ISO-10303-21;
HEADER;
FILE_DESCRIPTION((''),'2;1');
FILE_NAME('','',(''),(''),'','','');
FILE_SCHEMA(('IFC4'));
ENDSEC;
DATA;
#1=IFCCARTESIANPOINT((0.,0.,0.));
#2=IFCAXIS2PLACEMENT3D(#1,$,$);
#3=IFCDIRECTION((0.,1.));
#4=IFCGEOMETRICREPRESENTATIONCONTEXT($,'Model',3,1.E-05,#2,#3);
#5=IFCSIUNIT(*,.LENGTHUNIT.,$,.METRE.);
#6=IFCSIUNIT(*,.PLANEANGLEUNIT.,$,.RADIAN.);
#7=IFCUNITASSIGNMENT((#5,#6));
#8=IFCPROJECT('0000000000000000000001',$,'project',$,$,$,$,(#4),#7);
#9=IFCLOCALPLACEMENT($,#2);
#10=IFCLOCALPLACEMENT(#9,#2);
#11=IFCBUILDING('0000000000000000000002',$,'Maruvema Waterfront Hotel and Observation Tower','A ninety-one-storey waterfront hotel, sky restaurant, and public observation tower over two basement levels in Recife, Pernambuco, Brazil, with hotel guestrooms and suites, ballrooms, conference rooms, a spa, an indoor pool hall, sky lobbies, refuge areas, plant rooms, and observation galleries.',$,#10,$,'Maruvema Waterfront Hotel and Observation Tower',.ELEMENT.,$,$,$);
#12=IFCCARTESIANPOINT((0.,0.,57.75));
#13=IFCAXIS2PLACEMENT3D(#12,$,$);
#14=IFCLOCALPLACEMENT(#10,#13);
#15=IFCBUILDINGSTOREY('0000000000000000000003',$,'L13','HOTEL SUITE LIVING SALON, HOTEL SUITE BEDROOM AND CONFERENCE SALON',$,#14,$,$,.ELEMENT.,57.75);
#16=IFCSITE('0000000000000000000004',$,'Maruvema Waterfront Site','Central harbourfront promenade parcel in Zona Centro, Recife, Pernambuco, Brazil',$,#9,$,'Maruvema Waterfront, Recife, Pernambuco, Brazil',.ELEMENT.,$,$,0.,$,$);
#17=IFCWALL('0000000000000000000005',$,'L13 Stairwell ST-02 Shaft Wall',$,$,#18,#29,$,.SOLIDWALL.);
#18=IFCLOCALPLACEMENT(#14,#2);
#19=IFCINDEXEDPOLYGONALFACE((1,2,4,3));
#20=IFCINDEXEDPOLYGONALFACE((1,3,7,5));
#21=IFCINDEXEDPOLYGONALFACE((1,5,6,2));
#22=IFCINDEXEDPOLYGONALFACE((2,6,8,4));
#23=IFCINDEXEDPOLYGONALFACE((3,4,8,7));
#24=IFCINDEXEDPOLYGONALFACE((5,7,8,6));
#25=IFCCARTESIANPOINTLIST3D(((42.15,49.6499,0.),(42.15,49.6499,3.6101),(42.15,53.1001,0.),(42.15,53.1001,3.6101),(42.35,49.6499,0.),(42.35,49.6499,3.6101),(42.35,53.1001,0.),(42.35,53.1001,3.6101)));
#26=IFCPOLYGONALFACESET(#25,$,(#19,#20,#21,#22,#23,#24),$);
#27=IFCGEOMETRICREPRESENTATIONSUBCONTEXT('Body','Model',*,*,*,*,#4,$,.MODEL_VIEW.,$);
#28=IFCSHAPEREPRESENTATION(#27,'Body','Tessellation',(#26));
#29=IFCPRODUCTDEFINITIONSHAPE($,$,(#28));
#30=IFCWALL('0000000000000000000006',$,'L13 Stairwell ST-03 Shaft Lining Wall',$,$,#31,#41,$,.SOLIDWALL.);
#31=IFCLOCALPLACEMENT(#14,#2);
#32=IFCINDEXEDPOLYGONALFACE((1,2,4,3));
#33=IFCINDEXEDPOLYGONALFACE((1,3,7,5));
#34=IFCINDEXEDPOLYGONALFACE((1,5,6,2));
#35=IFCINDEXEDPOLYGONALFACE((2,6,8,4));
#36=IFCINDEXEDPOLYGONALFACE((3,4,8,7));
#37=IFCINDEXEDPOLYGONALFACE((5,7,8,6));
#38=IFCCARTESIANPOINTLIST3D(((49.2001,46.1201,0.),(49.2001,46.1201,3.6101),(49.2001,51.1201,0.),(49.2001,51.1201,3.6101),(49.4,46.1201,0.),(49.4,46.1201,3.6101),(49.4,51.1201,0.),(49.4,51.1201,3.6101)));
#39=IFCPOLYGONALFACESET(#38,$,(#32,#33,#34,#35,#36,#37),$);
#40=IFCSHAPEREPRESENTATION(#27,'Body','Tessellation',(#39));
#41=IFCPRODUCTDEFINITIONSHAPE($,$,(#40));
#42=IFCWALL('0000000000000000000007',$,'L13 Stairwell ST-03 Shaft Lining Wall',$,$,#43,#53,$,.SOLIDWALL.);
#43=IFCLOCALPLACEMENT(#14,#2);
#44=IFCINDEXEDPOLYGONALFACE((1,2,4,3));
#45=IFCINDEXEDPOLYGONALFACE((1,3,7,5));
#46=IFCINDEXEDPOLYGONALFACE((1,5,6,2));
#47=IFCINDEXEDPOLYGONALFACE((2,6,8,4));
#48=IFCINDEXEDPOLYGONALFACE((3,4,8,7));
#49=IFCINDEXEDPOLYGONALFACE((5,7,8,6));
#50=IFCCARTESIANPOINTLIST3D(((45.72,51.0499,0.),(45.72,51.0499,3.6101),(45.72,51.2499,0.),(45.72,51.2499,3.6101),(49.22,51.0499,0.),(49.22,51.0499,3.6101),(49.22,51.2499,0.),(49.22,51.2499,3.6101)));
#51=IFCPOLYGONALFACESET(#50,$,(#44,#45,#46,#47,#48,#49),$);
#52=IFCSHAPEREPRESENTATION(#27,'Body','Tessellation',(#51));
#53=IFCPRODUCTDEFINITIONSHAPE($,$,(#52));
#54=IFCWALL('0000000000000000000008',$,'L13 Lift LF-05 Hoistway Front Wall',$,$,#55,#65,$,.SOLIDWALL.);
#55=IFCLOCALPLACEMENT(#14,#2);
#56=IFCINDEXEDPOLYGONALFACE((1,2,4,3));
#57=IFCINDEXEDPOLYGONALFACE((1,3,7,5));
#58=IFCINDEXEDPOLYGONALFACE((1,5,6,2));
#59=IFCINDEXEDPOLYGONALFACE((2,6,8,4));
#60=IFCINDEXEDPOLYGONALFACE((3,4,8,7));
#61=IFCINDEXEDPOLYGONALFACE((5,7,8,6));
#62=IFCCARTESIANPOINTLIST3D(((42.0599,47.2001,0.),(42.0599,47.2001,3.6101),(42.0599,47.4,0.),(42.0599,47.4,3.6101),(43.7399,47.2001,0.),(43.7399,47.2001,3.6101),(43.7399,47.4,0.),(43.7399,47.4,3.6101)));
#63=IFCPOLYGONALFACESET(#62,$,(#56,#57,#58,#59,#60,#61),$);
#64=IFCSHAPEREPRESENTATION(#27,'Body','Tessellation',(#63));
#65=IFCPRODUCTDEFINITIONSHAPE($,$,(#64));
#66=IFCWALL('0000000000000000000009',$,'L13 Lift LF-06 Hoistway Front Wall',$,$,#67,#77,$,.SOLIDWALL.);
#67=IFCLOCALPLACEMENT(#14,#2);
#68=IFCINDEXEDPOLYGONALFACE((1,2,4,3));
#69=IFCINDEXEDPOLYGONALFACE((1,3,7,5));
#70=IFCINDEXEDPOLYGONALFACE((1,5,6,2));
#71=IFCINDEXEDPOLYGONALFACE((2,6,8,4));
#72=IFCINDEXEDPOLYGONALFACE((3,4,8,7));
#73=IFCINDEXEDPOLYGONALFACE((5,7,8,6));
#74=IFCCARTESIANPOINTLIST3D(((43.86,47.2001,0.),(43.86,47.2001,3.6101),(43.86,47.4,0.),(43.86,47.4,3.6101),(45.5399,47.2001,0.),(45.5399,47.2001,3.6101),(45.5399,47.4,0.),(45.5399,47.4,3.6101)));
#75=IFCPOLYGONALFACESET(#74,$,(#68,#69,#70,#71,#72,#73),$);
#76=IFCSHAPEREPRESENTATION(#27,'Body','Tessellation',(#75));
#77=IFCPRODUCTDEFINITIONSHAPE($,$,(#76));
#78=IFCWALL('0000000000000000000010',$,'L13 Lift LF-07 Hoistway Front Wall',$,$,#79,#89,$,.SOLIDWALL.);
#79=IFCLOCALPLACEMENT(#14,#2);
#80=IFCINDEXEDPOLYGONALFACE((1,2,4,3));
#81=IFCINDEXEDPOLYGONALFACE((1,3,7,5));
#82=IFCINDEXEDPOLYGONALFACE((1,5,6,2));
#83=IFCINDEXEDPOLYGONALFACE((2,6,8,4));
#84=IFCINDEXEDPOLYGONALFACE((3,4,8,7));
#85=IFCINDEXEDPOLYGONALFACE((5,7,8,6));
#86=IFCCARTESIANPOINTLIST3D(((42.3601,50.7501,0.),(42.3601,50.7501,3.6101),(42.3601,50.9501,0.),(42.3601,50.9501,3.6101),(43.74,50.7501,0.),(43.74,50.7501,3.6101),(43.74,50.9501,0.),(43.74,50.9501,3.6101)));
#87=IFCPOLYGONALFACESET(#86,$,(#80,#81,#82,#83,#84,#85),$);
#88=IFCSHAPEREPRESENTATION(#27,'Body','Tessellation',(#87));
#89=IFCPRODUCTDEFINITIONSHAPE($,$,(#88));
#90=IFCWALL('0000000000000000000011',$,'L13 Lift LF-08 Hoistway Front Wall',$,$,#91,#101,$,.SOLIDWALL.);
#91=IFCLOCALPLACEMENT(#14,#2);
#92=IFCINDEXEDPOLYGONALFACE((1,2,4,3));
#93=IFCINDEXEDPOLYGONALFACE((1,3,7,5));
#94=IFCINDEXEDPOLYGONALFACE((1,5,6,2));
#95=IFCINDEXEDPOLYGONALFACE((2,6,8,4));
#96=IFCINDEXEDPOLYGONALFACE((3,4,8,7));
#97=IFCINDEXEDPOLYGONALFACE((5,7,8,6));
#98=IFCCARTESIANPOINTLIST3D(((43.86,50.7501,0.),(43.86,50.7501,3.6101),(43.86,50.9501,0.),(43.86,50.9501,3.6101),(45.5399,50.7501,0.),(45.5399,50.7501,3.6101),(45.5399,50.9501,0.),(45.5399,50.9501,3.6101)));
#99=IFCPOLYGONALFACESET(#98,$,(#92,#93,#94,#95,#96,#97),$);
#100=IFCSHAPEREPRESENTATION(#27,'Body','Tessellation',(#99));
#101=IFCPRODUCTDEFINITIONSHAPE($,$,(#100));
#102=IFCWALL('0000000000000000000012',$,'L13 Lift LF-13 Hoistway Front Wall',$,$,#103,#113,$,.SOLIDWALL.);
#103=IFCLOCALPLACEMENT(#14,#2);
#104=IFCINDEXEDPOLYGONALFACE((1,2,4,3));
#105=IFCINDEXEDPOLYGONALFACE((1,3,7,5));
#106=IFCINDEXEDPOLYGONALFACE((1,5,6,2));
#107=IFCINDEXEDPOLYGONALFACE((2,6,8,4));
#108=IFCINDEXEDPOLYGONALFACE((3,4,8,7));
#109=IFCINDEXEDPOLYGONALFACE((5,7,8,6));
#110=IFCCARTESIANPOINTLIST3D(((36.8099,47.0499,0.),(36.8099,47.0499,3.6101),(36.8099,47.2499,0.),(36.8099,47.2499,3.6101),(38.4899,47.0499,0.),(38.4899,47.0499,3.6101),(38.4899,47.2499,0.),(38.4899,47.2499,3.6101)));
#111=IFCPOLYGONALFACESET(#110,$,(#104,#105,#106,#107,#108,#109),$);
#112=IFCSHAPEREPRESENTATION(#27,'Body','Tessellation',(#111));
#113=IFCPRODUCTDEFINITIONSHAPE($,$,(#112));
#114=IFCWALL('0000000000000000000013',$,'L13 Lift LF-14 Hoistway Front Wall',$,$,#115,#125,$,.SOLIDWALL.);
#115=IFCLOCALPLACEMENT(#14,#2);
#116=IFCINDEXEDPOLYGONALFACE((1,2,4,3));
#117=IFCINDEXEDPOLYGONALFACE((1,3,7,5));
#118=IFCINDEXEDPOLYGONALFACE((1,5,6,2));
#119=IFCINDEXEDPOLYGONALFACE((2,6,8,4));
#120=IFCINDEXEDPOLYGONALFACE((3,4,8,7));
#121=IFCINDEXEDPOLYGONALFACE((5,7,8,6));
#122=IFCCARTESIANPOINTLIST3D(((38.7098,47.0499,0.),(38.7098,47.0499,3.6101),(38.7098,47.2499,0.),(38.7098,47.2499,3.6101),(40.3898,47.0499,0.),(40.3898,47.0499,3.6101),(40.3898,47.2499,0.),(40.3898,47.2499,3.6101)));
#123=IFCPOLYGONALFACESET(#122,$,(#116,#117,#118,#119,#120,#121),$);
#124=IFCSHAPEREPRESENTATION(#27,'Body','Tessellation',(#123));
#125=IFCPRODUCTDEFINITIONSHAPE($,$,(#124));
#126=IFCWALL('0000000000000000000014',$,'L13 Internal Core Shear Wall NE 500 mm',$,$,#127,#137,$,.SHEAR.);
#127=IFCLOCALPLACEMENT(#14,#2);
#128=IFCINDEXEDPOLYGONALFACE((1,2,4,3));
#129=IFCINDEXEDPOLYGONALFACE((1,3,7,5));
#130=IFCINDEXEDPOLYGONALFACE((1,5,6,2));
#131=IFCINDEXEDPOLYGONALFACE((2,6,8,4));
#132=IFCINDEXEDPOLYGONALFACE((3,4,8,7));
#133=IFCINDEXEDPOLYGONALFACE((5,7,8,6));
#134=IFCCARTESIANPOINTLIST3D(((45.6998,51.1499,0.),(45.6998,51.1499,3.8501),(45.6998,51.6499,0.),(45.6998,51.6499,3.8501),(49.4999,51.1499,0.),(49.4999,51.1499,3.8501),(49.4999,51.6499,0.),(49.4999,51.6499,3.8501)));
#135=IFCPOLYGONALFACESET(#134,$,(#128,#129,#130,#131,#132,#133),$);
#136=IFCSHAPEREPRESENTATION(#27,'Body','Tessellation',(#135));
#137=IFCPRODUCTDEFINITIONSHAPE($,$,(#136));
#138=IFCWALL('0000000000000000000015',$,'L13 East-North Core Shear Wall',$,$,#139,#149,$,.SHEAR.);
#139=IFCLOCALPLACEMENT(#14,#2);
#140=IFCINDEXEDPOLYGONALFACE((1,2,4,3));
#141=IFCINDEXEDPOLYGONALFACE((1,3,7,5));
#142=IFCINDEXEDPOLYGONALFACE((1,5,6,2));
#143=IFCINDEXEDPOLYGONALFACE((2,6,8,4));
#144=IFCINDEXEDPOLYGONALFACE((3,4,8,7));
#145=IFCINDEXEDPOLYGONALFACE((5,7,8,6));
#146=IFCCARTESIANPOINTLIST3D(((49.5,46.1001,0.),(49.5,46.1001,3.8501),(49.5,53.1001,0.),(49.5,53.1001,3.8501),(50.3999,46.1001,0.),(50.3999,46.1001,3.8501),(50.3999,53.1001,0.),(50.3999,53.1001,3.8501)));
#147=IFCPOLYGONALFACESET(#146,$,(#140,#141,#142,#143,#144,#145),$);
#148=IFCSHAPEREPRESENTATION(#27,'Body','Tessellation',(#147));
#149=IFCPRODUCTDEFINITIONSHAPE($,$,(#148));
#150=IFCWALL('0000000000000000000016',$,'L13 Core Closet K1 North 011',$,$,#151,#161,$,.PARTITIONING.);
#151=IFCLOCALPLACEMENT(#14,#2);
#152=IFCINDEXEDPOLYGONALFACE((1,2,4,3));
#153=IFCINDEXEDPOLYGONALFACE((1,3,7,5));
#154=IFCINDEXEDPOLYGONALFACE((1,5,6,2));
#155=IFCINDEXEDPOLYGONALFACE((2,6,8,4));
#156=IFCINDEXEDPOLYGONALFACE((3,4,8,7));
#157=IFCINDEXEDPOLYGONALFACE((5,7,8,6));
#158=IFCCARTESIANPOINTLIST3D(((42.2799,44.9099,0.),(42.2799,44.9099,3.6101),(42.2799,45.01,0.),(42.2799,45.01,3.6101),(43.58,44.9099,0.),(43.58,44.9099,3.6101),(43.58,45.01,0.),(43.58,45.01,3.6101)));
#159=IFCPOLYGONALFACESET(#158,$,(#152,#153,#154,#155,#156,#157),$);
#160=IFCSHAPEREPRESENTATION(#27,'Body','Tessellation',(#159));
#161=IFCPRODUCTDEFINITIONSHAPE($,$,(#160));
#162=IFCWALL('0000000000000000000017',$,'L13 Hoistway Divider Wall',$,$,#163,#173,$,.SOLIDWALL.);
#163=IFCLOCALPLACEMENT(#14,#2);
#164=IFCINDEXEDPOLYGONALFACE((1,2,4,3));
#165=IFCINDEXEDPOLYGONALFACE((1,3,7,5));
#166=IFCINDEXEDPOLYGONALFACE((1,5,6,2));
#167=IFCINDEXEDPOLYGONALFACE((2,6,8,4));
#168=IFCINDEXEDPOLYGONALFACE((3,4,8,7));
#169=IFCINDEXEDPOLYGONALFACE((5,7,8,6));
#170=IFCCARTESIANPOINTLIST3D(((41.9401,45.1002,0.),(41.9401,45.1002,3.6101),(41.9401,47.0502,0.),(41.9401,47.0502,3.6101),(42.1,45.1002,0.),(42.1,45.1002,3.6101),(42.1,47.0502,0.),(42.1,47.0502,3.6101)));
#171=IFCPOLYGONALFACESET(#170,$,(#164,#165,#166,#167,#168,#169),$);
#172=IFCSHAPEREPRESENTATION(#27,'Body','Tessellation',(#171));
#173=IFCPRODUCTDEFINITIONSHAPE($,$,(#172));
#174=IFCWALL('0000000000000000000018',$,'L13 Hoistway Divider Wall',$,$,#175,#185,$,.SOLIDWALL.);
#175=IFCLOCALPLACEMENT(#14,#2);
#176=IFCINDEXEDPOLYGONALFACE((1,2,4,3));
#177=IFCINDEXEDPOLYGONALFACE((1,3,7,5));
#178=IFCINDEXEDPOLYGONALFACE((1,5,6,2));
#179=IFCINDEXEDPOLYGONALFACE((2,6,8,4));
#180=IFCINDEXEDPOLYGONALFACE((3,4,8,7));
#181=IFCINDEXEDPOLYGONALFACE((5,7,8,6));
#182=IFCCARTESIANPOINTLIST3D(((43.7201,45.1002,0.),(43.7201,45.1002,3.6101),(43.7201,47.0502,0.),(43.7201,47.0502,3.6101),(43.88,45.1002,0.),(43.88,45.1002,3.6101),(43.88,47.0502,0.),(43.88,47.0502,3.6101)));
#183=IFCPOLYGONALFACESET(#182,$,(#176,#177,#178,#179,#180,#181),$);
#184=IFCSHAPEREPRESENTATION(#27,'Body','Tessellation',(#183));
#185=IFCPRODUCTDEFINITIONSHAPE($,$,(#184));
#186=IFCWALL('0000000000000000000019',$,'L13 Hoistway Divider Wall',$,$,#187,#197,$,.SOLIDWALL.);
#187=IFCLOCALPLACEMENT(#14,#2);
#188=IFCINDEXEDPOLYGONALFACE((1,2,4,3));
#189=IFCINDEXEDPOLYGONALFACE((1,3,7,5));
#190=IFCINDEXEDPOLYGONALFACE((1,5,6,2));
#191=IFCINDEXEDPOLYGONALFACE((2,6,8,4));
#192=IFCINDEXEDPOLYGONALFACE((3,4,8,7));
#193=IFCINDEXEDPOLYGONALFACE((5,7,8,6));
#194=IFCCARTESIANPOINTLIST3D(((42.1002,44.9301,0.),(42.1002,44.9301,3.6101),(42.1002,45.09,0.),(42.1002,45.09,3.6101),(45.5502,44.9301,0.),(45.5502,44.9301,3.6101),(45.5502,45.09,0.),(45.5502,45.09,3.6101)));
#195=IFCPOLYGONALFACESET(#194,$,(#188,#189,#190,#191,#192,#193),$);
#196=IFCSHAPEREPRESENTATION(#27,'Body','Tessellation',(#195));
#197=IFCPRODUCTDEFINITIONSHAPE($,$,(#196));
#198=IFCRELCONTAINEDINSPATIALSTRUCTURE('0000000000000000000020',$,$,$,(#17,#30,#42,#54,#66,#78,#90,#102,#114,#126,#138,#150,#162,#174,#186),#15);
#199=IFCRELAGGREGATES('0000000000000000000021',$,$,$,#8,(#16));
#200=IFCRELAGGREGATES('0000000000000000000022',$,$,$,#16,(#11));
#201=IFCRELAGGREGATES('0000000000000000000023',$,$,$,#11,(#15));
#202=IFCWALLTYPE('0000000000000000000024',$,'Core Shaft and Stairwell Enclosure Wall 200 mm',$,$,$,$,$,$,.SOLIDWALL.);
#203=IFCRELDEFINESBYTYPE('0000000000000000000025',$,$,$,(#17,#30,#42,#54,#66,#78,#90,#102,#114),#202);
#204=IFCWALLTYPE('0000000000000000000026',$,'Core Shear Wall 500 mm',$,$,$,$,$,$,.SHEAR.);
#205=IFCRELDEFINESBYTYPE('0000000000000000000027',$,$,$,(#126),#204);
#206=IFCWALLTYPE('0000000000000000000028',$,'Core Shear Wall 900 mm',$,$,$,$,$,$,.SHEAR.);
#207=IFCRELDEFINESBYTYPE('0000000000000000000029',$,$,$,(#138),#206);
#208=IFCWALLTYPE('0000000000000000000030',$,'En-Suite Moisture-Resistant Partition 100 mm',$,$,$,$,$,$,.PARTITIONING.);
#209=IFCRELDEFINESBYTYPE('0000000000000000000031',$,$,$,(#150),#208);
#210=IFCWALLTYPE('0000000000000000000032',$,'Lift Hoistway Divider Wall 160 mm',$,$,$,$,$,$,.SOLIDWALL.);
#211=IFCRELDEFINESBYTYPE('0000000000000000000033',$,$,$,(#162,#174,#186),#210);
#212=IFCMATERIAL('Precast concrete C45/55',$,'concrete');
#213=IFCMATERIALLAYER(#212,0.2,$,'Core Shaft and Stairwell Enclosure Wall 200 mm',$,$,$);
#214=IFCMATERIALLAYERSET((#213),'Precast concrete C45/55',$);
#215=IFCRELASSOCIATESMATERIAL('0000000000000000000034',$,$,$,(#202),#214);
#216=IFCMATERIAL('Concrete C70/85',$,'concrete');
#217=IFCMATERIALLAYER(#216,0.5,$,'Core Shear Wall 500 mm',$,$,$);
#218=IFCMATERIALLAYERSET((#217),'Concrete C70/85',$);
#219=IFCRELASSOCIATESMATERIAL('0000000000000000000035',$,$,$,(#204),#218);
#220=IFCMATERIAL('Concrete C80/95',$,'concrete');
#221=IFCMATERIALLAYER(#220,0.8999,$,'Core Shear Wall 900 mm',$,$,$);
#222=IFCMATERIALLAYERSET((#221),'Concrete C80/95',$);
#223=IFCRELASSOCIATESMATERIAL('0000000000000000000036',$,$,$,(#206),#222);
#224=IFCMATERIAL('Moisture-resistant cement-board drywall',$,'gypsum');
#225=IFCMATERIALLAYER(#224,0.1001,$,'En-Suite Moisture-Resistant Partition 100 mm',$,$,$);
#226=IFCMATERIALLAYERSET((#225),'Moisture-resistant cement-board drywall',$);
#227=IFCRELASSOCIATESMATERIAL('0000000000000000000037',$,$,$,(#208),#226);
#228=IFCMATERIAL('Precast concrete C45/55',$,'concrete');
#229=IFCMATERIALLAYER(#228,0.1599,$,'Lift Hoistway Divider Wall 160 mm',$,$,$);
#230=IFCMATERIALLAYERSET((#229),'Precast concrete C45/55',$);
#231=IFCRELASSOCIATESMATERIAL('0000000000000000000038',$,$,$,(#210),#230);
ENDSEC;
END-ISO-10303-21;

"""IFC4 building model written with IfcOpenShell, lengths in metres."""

from ifc_helpers import new_model, si_unit, direction, frame, frame_2d, origin, place, context, subcontext, project, spatial, rectangle, extrude, material, layer, layer_set, type_object, element, save


model = new_model("IFC4")

# Units and contexts
model_context = context("Model", 3, precision=1e-05, world=origin(), true_north=direction((0.0, 1.0)))
body_context = subcontext(model_context, "Body", "Model", "MODEL_VIEW")
ifc_project = project(units=[si_unit("LENGTHUNIT", "METRE"), si_unit("PLANEANGLEUNIT", "RADIAN")], contexts=[model_context])

# Site, building, storey
site_placement = place(None, origin())
site = spatial("IfcSite", under=ifc_project, at=site_placement, Name="Maruvema Waterfront Site", Description="Central harbourfront promenade parcel in Zona Centro, Recife, Pernambuco, Brazil", LongName="Maruvema Waterfront, Recife, Pernambuco, Brazil", CompositionType="ELEMENT", RefElevation=0.0)
building_placement = place(site_placement, origin())
building = spatial("IfcBuilding", under=site, at=building_placement, Name="Maruvema Waterfront Hotel and Observation Tower", Description="A ninety-one-storey waterfront hotel, sky restaurant, and public observation tower over two basement levels in Recife, Pernambuco, Brazil, with hotel guestrooms and suites, ballrooms, conference rooms, a spa, an indoor pool hall, sky lobbies, refuge areas, plant rooms, and observation galleries.", LongName="Maruvema Waterfront Hotel and Observation Tower", CompositionType="ELEMENT")
storey_placement = place(building_placement, frame((0.0, 0.0, 57.75)))
storey = spatial("IfcBuildingStorey", under=building, at=storey_placement, Name="L13", Description="HOTEL SUITE LIVING SALON, HOTEL SUITE BEDROOM AND CONFERENCE SALON", CompositionType="ELEMENT", Elevation=57.75)

# Walls
ifc_material_1 = material(Name="Precast concrete C45/55", Category="concrete")
ifc_layer_1 = layer(ifc_material_1, 0.2, Name="Core Shaft and Stairwell Enclosure Wall 200 mm")
ifc_layer_set_1 = layer_set([ifc_layer_1], Name="Precast concrete C45/55")
wall_type_1 = type_object("IfcWallType", Name="Core Shaft and Stairwell Enclosure Wall 200 mm", PredefinedType="SOLIDWALL", material=ifc_layer_set_1)
wall_1_placement = place(storey_placement, frame((42.25, 49.6499, 0.0), z_axis=(0.0, 0.0, 1.0), x_axis=(0.0, 1.0, 0.0)))
element("IfcWall", 1, at=wall_1_placement, inside=storey, type_object=wall_type_1, Name="L13 Stairwell ST-02 Shaft Wall", PredefinedType="SOLIDWALL", context=body_context, shape_type="SweptSolid", body=[
    extrude(rectangle(XDim=3.4502, YDim=0.2, at=frame_2d((1.7251, 0.0))), origin(), (0.0, 0.0, 1.0), 3.6101),
])
wall_2_placement = place(storey_placement, frame((49.3, 46.1201, 0.0), z_axis=(0.0, 0.0, 1.0), x_axis=(0.0, 1.0, 0.0)))
element("IfcWall", 2, at=wall_2_placement, inside=storey, type_object=wall_type_1, Name="L13 Stairwell ST-03 Shaft Lining Wall", PredefinedType="SOLIDWALL", context=body_context, shape_type="SweptSolid", body=[
    extrude(rectangle(XDim=5.0, YDim=0.2, at=frame_2d((2.5, 0.0))), origin(), (0.0, 0.0, 1.0), 3.6101),
])
wall_3_placement = place(storey_placement, frame((45.72, 51.1499, 0.0), z_axis=(0.0, 0.0, 1.0), x_axis=(1.0, 0.0, 0.0)))
element("IfcWall", 3, at=wall_3_placement, inside=storey, type_object=wall_type_1, Name="L13 Stairwell ST-03 Shaft Lining Wall", PredefinedType="SOLIDWALL", context=body_context, shape_type="SweptSolid", body=[
    extrude(rectangle(XDim=3.5, YDim=0.2, at=frame_2d((1.75, 0.0))), origin(), (0.0, 0.0, 1.0), 3.6101),
])
for number, where, z_axis, x_axis, name in (
    (4, (42.0601, 47.3, 0.0), (0.0, 0.0, 1.0), (1.0, 0.0, 0.0), "L13 Lift LF-05 Hoistway Front Wall"),
    (5, (43.8601, 47.3, 0.0), (0.0, 0.0, 1.0), (1.0, 0.0, 0.0), "L13 Lift LF-06 Hoistway Front Wall"),
):
    element("IfcWall", number, at=place(storey_placement, frame(where, z_axis=z_axis, x_axis=x_axis)), inside=storey, type_object=wall_type_1, Name=name, PredefinedType="SOLIDWALL", context=body_context, shape_type="SweptSolid", body=[
        extrude(rectangle(XDim=1.6799, YDim=0.2, at=frame_2d((0.8398, 0.0))), origin(), (0.0, 0.0, 1.0), 3.6101),
    ])
wall_4_placement = place(storey_placement, frame((42.3601, 50.8501, 0.0), z_axis=(0.0, 0.0, 1.0), x_axis=(1.0, 0.0, 0.0)))
element("IfcWall", 6, at=wall_4_placement, inside=storey, type_object=wall_type_1, Name="L13 Lift LF-07 Hoistway Front Wall", PredefinedType="SOLIDWALL", context=body_context, shape_type="SweptSolid", body=[
    extrude(rectangle(XDim=1.3799, YDim=0.2, at=frame_2d((0.6899, 0.0))), origin(), (0.0, 0.0, 1.0), 3.6101),
])
for number, where, z_axis, x_axis, name in (
    (7, (43.8601, 50.8501, 0.0), (0.0, 0.0, 1.0), (1.0, 0.0, 0.0), "L13 Lift LF-08 Hoistway Front Wall"),
    (8, (36.8101, 47.1499, 0.0), (0.0, 0.0, 1.0), (1.0, 0.0, 0.0), "L13 Lift LF-13 Hoistway Front Wall"),
    (9, (38.71, 47.1499, 0.0), (0.0, 0.0, 1.0), (1.0, 0.0, 0.0), "L13 Lift LF-14 Hoistway Front Wall"),
):
    element("IfcWall", number, at=place(storey_placement, frame(where, z_axis=z_axis, x_axis=x_axis)), inside=storey, type_object=wall_type_1, Name=name, PredefinedType="SOLIDWALL", context=body_context, shape_type="SweptSolid", body=[
        extrude(rectangle(XDim=1.6799, YDim=0.2, at=frame_2d((0.8398, 0.0))), origin(), (0.0, 0.0, 1.0), 3.6101),
    ])
ifc_material_2 = material(Name="Concrete C70/85", Category="concrete")
ifc_layer_2 = layer(ifc_material_2, 0.5, Name="Core Shear Wall 500 mm")
ifc_layer_set_2 = layer_set([ifc_layer_2], Name="Concrete C70/85")
wall_type_2 = type_object("IfcWallType", Name="Core Shear Wall 500 mm", PredefinedType="SHEAR", material=ifc_layer_set_2)
wall_5_placement = place(storey_placement, frame((45.7, 51.3999, 0.0), z_axis=(0.0, 0.0, 1.0), x_axis=(1.0, 0.0, 0.0)))
element("IfcWall", 10, at=wall_5_placement, inside=storey, type_object=wall_type_2, Name="L13 Internal Core Shear Wall NE 500 mm", PredefinedType="SHEAR", context=body_context, shape_type="SweptSolid", body=[
    extrude(rectangle(XDim=3.8, YDim=0.5, at=frame_2d((1.8999, 0.0))), origin(), (0.0, 0.0, 1.0), 3.8501),
])
ifc_material_3 = material(Name="Concrete C80/95", Category="concrete")
ifc_layer_3 = layer(ifc_material_3, 0.8999, Name="Core Shear Wall 900 mm")
ifc_layer_set_3 = layer_set([ifc_layer_3], Name="Concrete C80/95")
wall_type_3 = type_object("IfcWallType", Name="Core Shear Wall 900 mm", PredefinedType="SHEAR", material=ifc_layer_set_3)
wall_6_placement = place(storey_placement, frame((49.95, 46.1001, 0.0), z_axis=(0.0, 0.0, 1.0), x_axis=(0.0, 1.0, 0.0)))
element("IfcWall", 11, at=wall_6_placement, inside=storey, type_object=wall_type_3, Name="L13 East-North Core Shear Wall", PredefinedType="SHEAR", context=body_context, shape_type="SweptSolid", body=[
    extrude(rectangle(XDim=7.0, YDim=0.8999, at=frame_2d((3.5, 0.0))), origin(), (0.0, 0.0, 1.0), 3.8501),
])
ifc_material_4 = material(Name="Moisture-resistant cement-board drywall", Category="gypsum")
ifc_layer_4 = layer(ifc_material_4, 0.1001, Name="En-Suite Moisture-Resistant Partition 100 mm")
ifc_layer_set_4 = layer_set([ifc_layer_4], Name="Moisture-resistant cement-board drywall")
wall_type_4 = type_object("IfcWallType", Name="En-Suite Moisture-Resistant Partition 100 mm", PredefinedType="PARTITIONING", material=ifc_layer_set_4)
wall_7_placement = place(storey_placement, frame((42.28, 44.96, 0.0), z_axis=(0.0, 0.0, 1.0), x_axis=(1.0, 0.0, 0.0)))
element("IfcWall", 12, at=wall_7_placement, inside=storey, type_object=wall_type_4, Name="L13 Core Closet K1 North 011", PredefinedType="PARTITIONING", context=body_context, shape_type="SweptSolid", body=[
    extrude(rectangle(XDim=1.3, YDim=0.1001, at=frame_2d((0.6499, 0.0))), origin(), (0.0, 0.0, 1.0), 3.6101),
])
ifc_material_5 = material(Name="Precast concrete C45/55", Category="concrete")
ifc_layer_5 = layer(ifc_material_5, 0.1599, Name="Lift Hoistway Divider Wall 160 mm")
ifc_layer_set_5 = layer_set([ifc_layer_5], Name="Precast concrete C45/55")
wall_type_5 = type_object("IfcWallType", Name="Lift Hoistway Divider Wall 160 mm", PredefinedType="SOLIDWALL", material=ifc_layer_set_5)
for number, where, z_axis, x_axis, name in (
    (13, (42.02, 45.1001, 0.0), (0.0, 0.0, 1.0), (0.0, 1.0, 0.0), "L13 Hoistway Divider Wall"),
    (14, (43.8, 45.1001, 0.0), (0.0, 0.0, 1.0), (0.0, 1.0, 0.0), "L13 Hoistway Divider Wall"),
):
    element("IfcWall", number, at=place(storey_placement, frame(where, z_axis=z_axis, x_axis=x_axis)), inside=storey, type_object=wall_type_5, Name=name, PredefinedType="SOLIDWALL", context=body_context, shape_type="SweptSolid", body=[
        extrude(rectangle(XDim=1.95, YDim=0.1599, at=frame_2d((0.9751, 0.0))), origin(), (0.0, 0.0, 1.0), 3.6101),
    ])
wall_8_placement = place(storey_placement, frame((42.1001, 45.01, 0.0), z_axis=(0.0, 0.0, 1.0), x_axis=(1.0, 0.0, 0.0)))
element("IfcWall", 15, at=wall_8_placement, inside=storey, type_object=wall_type_5, Name="L13 Hoistway Divider Wall", PredefinedType="SOLIDWALL", context=body_context, shape_type="SweptSolid", body=[
    extrude(rectangle(XDim=3.45, YDim=0.1599, at=frame_2d((1.7251, 0.0))), origin(), (0.0, 0.0, 1.0), 3.6101),
])

save(model, "model.ifc")
